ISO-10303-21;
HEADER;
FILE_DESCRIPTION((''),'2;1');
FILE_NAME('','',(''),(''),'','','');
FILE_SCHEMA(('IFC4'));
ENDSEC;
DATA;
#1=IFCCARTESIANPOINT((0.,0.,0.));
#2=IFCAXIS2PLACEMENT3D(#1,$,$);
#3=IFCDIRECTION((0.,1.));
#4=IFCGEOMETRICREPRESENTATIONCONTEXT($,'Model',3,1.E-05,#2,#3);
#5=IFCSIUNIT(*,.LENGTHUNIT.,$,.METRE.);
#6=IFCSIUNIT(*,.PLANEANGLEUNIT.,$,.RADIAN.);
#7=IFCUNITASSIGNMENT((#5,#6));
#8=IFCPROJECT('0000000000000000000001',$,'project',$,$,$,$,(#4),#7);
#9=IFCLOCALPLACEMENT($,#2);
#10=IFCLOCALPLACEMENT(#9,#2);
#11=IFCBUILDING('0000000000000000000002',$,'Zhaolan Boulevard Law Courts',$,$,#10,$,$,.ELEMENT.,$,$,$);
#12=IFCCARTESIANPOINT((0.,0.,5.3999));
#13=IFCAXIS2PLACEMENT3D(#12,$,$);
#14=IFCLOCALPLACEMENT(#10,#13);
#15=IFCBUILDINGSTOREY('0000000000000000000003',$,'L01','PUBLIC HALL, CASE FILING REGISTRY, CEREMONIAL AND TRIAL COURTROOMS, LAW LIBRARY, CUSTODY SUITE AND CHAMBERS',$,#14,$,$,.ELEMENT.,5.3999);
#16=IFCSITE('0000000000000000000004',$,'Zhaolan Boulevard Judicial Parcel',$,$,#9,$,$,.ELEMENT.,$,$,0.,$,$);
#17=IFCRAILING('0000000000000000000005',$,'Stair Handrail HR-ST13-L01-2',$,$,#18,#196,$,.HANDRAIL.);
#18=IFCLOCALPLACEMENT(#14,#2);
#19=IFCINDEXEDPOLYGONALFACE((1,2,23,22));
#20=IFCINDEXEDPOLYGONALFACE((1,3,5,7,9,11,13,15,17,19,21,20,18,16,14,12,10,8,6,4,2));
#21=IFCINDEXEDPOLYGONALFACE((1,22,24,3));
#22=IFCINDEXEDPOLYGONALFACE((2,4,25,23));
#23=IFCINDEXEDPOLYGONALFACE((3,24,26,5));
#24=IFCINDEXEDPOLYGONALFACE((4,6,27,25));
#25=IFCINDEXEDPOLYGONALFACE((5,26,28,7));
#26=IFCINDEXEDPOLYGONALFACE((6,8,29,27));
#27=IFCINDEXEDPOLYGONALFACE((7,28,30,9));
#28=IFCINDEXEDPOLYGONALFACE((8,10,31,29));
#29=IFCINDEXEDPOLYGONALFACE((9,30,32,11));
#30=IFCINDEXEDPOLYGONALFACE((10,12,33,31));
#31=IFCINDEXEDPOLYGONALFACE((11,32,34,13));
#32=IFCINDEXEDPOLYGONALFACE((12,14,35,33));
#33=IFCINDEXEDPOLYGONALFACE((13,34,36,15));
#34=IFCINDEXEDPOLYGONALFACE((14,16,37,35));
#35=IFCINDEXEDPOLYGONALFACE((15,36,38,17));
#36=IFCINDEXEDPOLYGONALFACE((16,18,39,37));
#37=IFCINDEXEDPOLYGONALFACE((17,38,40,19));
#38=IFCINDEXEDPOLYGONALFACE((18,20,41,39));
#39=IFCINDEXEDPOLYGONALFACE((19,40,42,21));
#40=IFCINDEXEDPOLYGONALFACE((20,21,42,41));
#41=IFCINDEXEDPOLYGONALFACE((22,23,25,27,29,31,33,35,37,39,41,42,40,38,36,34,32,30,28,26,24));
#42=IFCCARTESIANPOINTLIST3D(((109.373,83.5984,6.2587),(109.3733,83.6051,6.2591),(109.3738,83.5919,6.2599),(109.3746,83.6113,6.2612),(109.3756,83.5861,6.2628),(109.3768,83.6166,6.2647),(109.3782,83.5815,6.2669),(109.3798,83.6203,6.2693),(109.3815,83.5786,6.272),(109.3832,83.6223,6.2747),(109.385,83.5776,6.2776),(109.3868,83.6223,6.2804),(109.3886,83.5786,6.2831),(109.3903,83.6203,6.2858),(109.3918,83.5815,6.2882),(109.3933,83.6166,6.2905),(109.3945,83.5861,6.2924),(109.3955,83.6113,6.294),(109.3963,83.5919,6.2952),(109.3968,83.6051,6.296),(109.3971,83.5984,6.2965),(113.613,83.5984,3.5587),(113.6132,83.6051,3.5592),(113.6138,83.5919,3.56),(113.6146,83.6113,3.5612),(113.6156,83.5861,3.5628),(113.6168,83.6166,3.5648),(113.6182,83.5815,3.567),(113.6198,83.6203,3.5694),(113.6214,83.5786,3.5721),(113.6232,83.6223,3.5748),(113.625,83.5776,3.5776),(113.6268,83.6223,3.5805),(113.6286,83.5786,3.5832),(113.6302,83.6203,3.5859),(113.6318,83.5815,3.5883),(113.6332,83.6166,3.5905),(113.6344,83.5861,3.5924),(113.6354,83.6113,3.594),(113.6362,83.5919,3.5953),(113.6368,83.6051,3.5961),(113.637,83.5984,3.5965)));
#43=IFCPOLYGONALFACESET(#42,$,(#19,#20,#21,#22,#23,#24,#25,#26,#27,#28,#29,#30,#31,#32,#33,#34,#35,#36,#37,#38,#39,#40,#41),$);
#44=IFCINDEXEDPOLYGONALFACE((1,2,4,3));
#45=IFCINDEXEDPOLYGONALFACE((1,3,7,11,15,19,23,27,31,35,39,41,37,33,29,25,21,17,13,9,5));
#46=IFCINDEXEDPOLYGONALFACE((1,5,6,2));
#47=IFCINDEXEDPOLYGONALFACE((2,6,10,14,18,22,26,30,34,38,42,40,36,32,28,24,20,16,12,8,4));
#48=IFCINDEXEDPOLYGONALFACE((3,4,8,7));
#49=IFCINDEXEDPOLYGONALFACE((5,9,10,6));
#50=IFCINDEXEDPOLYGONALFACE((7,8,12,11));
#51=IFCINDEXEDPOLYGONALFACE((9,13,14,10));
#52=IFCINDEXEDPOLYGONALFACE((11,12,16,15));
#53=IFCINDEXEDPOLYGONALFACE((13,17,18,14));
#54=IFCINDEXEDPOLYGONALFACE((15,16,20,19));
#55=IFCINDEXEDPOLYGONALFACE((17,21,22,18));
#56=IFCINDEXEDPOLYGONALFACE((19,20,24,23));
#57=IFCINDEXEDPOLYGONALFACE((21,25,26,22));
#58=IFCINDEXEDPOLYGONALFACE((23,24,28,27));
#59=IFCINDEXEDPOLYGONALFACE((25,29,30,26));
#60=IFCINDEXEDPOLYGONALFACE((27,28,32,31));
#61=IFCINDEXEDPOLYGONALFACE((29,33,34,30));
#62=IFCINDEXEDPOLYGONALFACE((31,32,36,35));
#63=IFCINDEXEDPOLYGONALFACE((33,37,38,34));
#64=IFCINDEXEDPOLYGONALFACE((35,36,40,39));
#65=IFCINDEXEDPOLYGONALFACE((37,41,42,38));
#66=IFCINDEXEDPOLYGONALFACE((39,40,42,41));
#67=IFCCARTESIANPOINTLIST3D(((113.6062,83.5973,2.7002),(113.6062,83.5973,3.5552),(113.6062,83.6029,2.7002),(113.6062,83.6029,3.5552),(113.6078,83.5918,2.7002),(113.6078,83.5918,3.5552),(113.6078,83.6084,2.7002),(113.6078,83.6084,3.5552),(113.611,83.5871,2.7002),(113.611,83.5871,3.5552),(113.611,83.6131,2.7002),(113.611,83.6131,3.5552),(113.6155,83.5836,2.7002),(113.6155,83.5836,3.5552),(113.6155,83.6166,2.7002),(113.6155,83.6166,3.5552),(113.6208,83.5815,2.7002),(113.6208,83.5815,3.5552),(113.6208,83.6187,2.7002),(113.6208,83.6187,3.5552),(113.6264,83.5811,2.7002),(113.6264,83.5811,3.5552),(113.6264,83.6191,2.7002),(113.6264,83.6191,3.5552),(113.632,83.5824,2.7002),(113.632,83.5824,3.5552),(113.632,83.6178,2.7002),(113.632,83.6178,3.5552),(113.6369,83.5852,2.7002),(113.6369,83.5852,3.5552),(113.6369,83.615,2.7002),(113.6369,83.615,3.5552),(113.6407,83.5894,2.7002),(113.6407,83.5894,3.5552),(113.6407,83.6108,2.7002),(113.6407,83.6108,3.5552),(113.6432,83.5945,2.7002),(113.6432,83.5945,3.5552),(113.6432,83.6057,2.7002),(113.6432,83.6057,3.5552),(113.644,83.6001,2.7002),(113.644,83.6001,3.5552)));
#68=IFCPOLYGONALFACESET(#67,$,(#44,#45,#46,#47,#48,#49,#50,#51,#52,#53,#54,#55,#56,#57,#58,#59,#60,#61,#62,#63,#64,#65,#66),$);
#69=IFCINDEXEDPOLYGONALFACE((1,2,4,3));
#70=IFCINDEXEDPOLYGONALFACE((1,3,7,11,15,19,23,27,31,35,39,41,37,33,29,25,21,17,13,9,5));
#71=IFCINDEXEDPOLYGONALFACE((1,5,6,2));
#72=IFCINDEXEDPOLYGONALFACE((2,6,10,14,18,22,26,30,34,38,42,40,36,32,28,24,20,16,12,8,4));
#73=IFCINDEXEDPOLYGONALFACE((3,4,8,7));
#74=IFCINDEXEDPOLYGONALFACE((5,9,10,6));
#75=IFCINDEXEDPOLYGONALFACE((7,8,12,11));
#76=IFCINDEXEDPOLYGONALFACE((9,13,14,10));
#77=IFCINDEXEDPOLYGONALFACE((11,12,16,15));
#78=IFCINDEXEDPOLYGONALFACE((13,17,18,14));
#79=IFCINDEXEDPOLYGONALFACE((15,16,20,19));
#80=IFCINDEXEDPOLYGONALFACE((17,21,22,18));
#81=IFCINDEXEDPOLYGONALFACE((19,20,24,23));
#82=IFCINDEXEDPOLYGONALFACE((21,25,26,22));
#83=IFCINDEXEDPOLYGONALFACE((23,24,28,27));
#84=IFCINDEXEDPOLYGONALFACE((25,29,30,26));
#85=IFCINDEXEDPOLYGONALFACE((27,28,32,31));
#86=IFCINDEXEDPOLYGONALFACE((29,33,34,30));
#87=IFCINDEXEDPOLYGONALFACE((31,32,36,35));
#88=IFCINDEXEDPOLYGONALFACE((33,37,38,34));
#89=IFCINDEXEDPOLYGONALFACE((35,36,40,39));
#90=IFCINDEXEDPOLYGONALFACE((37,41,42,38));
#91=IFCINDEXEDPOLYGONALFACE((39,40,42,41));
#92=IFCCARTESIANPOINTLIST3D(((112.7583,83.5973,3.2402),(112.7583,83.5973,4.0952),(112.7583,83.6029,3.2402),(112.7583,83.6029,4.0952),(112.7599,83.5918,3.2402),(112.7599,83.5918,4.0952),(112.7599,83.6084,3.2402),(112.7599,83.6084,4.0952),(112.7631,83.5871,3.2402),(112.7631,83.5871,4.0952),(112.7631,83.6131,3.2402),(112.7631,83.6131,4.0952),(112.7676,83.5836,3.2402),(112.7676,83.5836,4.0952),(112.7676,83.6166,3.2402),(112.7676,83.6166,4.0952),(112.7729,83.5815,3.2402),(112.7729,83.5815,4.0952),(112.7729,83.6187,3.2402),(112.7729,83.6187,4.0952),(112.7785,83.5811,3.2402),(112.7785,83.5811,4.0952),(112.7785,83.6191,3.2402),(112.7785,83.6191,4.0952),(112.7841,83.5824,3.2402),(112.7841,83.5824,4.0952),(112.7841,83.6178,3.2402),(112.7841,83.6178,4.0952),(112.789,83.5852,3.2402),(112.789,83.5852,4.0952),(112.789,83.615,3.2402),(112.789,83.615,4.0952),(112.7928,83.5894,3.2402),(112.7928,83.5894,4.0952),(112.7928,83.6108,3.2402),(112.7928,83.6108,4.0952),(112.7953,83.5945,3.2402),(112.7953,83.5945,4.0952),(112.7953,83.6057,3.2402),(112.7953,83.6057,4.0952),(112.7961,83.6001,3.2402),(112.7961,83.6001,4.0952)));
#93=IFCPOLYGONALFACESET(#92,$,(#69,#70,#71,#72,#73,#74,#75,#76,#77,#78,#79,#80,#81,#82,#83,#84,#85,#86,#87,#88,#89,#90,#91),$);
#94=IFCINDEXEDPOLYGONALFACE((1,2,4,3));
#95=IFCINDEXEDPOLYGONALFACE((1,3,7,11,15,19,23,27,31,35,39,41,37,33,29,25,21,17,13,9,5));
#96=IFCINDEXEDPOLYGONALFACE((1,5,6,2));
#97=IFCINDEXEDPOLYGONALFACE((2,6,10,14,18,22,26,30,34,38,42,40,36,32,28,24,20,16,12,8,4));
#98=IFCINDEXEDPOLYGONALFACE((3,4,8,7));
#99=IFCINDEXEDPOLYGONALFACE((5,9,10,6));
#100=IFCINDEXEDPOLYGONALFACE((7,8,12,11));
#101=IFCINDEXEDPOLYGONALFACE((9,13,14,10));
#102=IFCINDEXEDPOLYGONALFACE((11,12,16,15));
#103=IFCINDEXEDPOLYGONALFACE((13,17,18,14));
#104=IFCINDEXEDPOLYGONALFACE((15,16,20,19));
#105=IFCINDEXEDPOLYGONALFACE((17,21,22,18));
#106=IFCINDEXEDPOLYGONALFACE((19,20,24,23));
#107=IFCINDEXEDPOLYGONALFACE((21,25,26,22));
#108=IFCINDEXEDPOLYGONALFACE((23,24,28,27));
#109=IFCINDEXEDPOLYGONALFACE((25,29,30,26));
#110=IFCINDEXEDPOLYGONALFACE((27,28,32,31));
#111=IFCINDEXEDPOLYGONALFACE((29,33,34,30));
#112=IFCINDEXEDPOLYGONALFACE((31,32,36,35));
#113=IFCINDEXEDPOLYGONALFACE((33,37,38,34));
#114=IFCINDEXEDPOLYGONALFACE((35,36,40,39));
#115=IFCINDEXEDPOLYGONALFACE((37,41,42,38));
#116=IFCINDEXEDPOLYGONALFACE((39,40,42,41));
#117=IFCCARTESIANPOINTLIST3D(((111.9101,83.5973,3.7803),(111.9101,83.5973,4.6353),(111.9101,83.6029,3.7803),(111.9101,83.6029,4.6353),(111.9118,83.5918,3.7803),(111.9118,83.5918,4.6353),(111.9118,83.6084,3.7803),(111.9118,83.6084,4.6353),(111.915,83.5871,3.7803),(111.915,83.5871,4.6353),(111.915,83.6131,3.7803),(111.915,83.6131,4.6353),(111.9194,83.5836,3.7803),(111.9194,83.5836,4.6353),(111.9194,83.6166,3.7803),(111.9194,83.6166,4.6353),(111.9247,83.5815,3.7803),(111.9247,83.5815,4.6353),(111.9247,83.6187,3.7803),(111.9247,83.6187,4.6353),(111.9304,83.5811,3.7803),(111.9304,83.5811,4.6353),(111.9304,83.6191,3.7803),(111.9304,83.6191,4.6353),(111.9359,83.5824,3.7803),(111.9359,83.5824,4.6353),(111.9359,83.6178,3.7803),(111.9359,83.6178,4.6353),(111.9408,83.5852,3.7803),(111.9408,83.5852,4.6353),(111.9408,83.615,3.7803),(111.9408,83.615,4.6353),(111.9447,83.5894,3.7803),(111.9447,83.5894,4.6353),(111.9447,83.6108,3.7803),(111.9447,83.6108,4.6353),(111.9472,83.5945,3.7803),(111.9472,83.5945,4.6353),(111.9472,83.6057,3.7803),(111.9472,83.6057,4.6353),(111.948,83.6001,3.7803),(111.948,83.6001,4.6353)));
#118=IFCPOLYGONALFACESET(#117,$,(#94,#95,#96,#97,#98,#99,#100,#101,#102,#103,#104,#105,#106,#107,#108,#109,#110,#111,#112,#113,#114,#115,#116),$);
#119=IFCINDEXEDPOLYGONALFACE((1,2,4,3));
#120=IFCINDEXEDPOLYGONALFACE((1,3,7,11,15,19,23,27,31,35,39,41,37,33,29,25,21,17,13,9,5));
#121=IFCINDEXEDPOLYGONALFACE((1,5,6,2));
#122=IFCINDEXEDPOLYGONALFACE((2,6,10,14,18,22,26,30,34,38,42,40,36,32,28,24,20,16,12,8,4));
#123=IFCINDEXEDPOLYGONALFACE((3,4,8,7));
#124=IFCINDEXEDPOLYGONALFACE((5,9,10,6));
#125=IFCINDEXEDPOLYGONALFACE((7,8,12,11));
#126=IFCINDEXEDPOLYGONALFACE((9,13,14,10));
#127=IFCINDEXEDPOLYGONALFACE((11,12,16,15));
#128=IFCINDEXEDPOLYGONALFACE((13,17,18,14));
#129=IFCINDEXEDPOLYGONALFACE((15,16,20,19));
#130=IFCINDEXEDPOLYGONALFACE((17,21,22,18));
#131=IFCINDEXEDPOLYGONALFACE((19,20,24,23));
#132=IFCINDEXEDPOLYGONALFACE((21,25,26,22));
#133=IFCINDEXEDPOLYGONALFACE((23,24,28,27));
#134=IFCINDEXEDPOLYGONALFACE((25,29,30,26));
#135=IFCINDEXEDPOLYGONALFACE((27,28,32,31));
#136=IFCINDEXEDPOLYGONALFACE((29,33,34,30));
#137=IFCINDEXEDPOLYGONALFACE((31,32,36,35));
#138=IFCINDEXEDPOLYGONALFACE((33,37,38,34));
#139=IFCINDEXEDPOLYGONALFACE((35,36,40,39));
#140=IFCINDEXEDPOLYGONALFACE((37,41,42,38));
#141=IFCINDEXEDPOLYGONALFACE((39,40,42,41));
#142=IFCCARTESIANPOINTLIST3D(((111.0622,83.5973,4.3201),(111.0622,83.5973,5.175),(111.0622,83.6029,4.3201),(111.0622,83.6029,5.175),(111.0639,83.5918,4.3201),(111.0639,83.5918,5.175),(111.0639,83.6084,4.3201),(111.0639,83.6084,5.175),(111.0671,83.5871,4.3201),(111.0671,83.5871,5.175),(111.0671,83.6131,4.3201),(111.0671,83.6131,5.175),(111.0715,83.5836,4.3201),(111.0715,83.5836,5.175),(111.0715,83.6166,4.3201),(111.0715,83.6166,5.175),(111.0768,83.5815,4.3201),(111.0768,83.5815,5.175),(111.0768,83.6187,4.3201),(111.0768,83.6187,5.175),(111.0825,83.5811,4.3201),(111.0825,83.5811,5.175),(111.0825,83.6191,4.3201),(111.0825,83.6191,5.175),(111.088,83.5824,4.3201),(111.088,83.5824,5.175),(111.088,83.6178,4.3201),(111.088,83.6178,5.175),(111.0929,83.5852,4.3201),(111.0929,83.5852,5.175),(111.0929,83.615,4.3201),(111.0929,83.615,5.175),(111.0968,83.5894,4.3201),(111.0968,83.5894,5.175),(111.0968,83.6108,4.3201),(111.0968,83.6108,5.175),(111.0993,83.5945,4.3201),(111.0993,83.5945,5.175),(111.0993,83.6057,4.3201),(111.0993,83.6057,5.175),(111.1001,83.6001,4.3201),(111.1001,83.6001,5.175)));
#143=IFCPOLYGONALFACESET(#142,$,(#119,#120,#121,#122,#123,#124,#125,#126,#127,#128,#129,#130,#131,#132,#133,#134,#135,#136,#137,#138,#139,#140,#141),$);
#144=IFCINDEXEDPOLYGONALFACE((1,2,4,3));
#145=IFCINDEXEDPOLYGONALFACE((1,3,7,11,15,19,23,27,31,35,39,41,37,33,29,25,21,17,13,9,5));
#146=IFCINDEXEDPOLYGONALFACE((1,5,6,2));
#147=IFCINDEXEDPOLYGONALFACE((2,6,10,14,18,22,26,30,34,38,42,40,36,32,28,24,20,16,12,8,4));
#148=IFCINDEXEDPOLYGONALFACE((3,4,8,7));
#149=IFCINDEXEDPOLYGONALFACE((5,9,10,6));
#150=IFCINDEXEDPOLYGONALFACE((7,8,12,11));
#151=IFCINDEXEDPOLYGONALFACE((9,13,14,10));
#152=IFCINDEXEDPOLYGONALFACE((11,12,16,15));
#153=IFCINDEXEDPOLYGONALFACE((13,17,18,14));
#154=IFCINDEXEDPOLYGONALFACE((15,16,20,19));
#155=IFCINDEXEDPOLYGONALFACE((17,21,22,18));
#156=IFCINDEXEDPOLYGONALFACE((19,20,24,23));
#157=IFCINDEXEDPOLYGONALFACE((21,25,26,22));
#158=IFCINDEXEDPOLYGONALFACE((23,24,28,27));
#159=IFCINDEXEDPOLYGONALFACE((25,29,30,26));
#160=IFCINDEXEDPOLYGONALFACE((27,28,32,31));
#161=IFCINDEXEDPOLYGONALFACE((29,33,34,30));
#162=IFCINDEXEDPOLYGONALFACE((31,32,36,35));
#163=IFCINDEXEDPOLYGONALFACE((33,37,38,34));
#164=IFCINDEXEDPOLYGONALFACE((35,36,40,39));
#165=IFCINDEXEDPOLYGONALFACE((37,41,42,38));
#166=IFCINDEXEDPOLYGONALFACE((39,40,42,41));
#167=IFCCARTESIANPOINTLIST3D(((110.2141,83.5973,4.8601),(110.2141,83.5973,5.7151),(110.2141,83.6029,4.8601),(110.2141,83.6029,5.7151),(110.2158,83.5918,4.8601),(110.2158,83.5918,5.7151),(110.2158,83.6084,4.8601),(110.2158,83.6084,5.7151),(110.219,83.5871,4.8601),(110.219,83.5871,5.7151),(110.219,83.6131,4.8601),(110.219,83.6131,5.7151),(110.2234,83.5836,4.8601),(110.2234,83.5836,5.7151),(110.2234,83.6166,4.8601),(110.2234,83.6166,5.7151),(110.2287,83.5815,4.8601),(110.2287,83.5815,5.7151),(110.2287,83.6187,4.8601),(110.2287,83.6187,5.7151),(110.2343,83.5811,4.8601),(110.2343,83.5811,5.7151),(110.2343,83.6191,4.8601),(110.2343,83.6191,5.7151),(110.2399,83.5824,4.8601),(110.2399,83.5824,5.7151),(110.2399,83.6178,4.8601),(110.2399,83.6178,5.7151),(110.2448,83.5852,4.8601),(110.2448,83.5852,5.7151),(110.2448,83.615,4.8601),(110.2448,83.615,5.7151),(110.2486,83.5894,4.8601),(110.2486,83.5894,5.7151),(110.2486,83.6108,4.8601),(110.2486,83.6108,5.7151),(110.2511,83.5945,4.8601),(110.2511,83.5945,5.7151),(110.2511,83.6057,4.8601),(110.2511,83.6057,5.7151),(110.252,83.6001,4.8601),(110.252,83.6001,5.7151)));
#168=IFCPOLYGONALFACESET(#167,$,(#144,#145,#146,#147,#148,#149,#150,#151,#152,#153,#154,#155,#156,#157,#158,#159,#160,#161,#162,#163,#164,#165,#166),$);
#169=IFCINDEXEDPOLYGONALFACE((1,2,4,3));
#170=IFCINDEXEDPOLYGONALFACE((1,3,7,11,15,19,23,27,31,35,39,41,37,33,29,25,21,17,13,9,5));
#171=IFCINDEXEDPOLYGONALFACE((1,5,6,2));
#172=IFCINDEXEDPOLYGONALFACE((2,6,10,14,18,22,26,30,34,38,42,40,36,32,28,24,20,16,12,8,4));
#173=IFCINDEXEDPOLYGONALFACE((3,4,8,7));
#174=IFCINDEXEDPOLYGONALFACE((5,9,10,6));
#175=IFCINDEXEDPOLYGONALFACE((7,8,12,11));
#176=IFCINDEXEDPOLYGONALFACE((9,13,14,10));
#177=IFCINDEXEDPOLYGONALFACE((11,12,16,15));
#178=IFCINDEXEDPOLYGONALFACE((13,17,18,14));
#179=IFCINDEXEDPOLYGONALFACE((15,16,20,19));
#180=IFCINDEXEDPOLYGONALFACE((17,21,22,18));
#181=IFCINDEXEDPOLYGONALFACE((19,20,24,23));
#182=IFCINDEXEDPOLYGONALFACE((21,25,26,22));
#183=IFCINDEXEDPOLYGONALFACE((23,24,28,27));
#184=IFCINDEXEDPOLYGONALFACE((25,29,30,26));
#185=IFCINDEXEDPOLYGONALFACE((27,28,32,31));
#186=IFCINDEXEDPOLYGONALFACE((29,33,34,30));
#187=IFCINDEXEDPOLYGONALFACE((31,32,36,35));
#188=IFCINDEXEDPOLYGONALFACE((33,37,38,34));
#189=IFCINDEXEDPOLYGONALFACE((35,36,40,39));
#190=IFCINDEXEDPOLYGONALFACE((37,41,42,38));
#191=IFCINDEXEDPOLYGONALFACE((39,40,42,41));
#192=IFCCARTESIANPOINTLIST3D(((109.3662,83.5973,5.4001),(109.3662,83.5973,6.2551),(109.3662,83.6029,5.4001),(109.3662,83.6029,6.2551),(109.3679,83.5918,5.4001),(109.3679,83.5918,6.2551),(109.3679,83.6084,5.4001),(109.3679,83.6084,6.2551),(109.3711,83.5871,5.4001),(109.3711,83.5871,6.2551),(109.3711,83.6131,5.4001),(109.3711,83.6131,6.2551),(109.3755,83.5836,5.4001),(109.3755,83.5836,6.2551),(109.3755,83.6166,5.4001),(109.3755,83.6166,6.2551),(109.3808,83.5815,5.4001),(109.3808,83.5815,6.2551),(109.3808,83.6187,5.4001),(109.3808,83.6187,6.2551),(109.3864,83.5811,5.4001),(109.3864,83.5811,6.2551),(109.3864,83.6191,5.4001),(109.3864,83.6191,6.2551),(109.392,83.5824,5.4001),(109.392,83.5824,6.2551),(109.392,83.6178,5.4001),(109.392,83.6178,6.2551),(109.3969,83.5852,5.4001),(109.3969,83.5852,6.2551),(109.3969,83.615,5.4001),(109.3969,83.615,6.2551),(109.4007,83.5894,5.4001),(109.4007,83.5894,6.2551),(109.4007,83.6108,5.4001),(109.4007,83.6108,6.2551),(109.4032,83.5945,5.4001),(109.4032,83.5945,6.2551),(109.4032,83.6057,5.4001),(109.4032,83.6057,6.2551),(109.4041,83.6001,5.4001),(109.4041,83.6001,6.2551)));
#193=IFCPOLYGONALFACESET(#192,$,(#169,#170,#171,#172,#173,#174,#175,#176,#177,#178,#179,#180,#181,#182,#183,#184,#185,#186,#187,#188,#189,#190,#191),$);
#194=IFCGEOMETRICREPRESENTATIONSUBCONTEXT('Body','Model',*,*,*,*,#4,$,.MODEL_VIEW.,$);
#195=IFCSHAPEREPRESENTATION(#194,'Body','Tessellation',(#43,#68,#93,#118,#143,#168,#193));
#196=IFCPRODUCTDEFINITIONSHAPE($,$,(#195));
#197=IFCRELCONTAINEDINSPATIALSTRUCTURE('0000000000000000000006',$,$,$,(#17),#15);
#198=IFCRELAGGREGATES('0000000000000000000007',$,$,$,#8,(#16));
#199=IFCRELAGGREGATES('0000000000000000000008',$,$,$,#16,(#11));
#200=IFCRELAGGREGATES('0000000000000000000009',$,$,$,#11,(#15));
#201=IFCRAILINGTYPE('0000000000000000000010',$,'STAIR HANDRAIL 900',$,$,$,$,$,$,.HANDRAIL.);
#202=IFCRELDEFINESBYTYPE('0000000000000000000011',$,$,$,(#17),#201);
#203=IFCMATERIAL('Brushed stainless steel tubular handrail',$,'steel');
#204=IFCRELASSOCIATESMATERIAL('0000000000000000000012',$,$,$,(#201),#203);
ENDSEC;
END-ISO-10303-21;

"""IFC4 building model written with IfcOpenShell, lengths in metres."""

from ifc_helpers import new_model, si_unit, direction, frame, origin, origin_2d, place, context, subcontext, project, spatial, circle, extrude, material, type_object, element, save


model = new_model("IFC4")

# Units and contexts
model_context = context("Model", 3, precision=1e-05, world=origin(), true_north=direction((0.0, 1.0)))
body_context = subcontext(model_context, "Body", "Model", "MODEL_VIEW")
ifc_project = project(units=[si_unit("LENGTHUNIT", "METRE"), si_unit("PLANEANGLEUNIT", "RADIAN")], contexts=[model_context])

# Site, building, storey
site_placement = place(None, origin())
site = spatial("IfcSite", under=ifc_project, at=site_placement, Name="Zhaolan Boulevard Judicial Parcel", CompositionType="ELEMENT", RefElevation=0.0)
building_placement = place(site_placement, origin())
building = spatial("IfcBuilding", under=site, at=building_placement, Name="Zhaolan Boulevard Law Courts", CompositionType="ELEMENT")
storey_placement = place(building_placement, frame((0.0, 0.0, 5.3999)))
storey = spatial("IfcBuildingStorey", under=building, at=storey_placement, Name="L01", Description="PUBLIC HALL, CASE FILING REGISTRY, CEREMONIAL AND TRIAL COURTROOMS, LAW LIBRARY, CUSTODY SUITE AND CHAMBERS", CompositionType="ELEMENT", Elevation=5.3999)

# Railing
ifc_material_1 = material(Name="Brushed stainless steel tubular handrail", Category="steel")
railing_type_1 = type_object("IfcRailingType", Name="STAIR HANDRAIL 900", PredefinedType="HANDRAIL", material=ifc_material_1)
railing_1_placement = place(storey_placement, frame((113.625, 83.6001, 2.7002)))
element("IfcRailing", 1, at=railing_1_placement, inside=storey, type_object=railing_type_1, Name="Stair Handrail HR-ST13-L01-2", PredefinedType="HANDRAIL", context=body_context, shape_type="SweptSolid", body=[
    extrude(circle(Radius=0.0225, at=origin_2d()), frame((0.0, 0.0, 0.8774), z_axis=(-0.843501, 0.0, 0.537127), x_axis=(0.0, -1.0, 0.0)), (0.0, 0.0, 1.0), 5.0266),
    extrude(circle(Radius=0.019, at=origin_2d()), origin(), (0.0, 0.0, 1.0), 0.855),
    extrude(circle(Radius=0.019, at=origin_2d()), frame((-0.8479, 0.0, 0.54)), (0.0, 0.0, 1.0), 0.855),
    extrude(circle(Radius=0.019, at=origin_2d()), frame((-1.696, 0.0, 1.0801)), (0.0, 0.0, 1.0), 0.855),
    extrude(circle(Radius=0.019, at=origin_2d()), frame((-2.5439, 0.0, 1.6199)), (0.0, 0.0, 1.0), 0.855),
    extrude(circle(Radius=0.019, at=origin_2d()), frame((-3.3921, 0.0, 2.1599)), (0.0, 0.0, 1.0), 0.855),
    extrude(circle(Radius=0.019, at=origin_2d()), frame((-4.24, 0.0, 2.7)), (0.0, 0.0, 1.0), 0.855),
])

save(model, "model.ifc")
